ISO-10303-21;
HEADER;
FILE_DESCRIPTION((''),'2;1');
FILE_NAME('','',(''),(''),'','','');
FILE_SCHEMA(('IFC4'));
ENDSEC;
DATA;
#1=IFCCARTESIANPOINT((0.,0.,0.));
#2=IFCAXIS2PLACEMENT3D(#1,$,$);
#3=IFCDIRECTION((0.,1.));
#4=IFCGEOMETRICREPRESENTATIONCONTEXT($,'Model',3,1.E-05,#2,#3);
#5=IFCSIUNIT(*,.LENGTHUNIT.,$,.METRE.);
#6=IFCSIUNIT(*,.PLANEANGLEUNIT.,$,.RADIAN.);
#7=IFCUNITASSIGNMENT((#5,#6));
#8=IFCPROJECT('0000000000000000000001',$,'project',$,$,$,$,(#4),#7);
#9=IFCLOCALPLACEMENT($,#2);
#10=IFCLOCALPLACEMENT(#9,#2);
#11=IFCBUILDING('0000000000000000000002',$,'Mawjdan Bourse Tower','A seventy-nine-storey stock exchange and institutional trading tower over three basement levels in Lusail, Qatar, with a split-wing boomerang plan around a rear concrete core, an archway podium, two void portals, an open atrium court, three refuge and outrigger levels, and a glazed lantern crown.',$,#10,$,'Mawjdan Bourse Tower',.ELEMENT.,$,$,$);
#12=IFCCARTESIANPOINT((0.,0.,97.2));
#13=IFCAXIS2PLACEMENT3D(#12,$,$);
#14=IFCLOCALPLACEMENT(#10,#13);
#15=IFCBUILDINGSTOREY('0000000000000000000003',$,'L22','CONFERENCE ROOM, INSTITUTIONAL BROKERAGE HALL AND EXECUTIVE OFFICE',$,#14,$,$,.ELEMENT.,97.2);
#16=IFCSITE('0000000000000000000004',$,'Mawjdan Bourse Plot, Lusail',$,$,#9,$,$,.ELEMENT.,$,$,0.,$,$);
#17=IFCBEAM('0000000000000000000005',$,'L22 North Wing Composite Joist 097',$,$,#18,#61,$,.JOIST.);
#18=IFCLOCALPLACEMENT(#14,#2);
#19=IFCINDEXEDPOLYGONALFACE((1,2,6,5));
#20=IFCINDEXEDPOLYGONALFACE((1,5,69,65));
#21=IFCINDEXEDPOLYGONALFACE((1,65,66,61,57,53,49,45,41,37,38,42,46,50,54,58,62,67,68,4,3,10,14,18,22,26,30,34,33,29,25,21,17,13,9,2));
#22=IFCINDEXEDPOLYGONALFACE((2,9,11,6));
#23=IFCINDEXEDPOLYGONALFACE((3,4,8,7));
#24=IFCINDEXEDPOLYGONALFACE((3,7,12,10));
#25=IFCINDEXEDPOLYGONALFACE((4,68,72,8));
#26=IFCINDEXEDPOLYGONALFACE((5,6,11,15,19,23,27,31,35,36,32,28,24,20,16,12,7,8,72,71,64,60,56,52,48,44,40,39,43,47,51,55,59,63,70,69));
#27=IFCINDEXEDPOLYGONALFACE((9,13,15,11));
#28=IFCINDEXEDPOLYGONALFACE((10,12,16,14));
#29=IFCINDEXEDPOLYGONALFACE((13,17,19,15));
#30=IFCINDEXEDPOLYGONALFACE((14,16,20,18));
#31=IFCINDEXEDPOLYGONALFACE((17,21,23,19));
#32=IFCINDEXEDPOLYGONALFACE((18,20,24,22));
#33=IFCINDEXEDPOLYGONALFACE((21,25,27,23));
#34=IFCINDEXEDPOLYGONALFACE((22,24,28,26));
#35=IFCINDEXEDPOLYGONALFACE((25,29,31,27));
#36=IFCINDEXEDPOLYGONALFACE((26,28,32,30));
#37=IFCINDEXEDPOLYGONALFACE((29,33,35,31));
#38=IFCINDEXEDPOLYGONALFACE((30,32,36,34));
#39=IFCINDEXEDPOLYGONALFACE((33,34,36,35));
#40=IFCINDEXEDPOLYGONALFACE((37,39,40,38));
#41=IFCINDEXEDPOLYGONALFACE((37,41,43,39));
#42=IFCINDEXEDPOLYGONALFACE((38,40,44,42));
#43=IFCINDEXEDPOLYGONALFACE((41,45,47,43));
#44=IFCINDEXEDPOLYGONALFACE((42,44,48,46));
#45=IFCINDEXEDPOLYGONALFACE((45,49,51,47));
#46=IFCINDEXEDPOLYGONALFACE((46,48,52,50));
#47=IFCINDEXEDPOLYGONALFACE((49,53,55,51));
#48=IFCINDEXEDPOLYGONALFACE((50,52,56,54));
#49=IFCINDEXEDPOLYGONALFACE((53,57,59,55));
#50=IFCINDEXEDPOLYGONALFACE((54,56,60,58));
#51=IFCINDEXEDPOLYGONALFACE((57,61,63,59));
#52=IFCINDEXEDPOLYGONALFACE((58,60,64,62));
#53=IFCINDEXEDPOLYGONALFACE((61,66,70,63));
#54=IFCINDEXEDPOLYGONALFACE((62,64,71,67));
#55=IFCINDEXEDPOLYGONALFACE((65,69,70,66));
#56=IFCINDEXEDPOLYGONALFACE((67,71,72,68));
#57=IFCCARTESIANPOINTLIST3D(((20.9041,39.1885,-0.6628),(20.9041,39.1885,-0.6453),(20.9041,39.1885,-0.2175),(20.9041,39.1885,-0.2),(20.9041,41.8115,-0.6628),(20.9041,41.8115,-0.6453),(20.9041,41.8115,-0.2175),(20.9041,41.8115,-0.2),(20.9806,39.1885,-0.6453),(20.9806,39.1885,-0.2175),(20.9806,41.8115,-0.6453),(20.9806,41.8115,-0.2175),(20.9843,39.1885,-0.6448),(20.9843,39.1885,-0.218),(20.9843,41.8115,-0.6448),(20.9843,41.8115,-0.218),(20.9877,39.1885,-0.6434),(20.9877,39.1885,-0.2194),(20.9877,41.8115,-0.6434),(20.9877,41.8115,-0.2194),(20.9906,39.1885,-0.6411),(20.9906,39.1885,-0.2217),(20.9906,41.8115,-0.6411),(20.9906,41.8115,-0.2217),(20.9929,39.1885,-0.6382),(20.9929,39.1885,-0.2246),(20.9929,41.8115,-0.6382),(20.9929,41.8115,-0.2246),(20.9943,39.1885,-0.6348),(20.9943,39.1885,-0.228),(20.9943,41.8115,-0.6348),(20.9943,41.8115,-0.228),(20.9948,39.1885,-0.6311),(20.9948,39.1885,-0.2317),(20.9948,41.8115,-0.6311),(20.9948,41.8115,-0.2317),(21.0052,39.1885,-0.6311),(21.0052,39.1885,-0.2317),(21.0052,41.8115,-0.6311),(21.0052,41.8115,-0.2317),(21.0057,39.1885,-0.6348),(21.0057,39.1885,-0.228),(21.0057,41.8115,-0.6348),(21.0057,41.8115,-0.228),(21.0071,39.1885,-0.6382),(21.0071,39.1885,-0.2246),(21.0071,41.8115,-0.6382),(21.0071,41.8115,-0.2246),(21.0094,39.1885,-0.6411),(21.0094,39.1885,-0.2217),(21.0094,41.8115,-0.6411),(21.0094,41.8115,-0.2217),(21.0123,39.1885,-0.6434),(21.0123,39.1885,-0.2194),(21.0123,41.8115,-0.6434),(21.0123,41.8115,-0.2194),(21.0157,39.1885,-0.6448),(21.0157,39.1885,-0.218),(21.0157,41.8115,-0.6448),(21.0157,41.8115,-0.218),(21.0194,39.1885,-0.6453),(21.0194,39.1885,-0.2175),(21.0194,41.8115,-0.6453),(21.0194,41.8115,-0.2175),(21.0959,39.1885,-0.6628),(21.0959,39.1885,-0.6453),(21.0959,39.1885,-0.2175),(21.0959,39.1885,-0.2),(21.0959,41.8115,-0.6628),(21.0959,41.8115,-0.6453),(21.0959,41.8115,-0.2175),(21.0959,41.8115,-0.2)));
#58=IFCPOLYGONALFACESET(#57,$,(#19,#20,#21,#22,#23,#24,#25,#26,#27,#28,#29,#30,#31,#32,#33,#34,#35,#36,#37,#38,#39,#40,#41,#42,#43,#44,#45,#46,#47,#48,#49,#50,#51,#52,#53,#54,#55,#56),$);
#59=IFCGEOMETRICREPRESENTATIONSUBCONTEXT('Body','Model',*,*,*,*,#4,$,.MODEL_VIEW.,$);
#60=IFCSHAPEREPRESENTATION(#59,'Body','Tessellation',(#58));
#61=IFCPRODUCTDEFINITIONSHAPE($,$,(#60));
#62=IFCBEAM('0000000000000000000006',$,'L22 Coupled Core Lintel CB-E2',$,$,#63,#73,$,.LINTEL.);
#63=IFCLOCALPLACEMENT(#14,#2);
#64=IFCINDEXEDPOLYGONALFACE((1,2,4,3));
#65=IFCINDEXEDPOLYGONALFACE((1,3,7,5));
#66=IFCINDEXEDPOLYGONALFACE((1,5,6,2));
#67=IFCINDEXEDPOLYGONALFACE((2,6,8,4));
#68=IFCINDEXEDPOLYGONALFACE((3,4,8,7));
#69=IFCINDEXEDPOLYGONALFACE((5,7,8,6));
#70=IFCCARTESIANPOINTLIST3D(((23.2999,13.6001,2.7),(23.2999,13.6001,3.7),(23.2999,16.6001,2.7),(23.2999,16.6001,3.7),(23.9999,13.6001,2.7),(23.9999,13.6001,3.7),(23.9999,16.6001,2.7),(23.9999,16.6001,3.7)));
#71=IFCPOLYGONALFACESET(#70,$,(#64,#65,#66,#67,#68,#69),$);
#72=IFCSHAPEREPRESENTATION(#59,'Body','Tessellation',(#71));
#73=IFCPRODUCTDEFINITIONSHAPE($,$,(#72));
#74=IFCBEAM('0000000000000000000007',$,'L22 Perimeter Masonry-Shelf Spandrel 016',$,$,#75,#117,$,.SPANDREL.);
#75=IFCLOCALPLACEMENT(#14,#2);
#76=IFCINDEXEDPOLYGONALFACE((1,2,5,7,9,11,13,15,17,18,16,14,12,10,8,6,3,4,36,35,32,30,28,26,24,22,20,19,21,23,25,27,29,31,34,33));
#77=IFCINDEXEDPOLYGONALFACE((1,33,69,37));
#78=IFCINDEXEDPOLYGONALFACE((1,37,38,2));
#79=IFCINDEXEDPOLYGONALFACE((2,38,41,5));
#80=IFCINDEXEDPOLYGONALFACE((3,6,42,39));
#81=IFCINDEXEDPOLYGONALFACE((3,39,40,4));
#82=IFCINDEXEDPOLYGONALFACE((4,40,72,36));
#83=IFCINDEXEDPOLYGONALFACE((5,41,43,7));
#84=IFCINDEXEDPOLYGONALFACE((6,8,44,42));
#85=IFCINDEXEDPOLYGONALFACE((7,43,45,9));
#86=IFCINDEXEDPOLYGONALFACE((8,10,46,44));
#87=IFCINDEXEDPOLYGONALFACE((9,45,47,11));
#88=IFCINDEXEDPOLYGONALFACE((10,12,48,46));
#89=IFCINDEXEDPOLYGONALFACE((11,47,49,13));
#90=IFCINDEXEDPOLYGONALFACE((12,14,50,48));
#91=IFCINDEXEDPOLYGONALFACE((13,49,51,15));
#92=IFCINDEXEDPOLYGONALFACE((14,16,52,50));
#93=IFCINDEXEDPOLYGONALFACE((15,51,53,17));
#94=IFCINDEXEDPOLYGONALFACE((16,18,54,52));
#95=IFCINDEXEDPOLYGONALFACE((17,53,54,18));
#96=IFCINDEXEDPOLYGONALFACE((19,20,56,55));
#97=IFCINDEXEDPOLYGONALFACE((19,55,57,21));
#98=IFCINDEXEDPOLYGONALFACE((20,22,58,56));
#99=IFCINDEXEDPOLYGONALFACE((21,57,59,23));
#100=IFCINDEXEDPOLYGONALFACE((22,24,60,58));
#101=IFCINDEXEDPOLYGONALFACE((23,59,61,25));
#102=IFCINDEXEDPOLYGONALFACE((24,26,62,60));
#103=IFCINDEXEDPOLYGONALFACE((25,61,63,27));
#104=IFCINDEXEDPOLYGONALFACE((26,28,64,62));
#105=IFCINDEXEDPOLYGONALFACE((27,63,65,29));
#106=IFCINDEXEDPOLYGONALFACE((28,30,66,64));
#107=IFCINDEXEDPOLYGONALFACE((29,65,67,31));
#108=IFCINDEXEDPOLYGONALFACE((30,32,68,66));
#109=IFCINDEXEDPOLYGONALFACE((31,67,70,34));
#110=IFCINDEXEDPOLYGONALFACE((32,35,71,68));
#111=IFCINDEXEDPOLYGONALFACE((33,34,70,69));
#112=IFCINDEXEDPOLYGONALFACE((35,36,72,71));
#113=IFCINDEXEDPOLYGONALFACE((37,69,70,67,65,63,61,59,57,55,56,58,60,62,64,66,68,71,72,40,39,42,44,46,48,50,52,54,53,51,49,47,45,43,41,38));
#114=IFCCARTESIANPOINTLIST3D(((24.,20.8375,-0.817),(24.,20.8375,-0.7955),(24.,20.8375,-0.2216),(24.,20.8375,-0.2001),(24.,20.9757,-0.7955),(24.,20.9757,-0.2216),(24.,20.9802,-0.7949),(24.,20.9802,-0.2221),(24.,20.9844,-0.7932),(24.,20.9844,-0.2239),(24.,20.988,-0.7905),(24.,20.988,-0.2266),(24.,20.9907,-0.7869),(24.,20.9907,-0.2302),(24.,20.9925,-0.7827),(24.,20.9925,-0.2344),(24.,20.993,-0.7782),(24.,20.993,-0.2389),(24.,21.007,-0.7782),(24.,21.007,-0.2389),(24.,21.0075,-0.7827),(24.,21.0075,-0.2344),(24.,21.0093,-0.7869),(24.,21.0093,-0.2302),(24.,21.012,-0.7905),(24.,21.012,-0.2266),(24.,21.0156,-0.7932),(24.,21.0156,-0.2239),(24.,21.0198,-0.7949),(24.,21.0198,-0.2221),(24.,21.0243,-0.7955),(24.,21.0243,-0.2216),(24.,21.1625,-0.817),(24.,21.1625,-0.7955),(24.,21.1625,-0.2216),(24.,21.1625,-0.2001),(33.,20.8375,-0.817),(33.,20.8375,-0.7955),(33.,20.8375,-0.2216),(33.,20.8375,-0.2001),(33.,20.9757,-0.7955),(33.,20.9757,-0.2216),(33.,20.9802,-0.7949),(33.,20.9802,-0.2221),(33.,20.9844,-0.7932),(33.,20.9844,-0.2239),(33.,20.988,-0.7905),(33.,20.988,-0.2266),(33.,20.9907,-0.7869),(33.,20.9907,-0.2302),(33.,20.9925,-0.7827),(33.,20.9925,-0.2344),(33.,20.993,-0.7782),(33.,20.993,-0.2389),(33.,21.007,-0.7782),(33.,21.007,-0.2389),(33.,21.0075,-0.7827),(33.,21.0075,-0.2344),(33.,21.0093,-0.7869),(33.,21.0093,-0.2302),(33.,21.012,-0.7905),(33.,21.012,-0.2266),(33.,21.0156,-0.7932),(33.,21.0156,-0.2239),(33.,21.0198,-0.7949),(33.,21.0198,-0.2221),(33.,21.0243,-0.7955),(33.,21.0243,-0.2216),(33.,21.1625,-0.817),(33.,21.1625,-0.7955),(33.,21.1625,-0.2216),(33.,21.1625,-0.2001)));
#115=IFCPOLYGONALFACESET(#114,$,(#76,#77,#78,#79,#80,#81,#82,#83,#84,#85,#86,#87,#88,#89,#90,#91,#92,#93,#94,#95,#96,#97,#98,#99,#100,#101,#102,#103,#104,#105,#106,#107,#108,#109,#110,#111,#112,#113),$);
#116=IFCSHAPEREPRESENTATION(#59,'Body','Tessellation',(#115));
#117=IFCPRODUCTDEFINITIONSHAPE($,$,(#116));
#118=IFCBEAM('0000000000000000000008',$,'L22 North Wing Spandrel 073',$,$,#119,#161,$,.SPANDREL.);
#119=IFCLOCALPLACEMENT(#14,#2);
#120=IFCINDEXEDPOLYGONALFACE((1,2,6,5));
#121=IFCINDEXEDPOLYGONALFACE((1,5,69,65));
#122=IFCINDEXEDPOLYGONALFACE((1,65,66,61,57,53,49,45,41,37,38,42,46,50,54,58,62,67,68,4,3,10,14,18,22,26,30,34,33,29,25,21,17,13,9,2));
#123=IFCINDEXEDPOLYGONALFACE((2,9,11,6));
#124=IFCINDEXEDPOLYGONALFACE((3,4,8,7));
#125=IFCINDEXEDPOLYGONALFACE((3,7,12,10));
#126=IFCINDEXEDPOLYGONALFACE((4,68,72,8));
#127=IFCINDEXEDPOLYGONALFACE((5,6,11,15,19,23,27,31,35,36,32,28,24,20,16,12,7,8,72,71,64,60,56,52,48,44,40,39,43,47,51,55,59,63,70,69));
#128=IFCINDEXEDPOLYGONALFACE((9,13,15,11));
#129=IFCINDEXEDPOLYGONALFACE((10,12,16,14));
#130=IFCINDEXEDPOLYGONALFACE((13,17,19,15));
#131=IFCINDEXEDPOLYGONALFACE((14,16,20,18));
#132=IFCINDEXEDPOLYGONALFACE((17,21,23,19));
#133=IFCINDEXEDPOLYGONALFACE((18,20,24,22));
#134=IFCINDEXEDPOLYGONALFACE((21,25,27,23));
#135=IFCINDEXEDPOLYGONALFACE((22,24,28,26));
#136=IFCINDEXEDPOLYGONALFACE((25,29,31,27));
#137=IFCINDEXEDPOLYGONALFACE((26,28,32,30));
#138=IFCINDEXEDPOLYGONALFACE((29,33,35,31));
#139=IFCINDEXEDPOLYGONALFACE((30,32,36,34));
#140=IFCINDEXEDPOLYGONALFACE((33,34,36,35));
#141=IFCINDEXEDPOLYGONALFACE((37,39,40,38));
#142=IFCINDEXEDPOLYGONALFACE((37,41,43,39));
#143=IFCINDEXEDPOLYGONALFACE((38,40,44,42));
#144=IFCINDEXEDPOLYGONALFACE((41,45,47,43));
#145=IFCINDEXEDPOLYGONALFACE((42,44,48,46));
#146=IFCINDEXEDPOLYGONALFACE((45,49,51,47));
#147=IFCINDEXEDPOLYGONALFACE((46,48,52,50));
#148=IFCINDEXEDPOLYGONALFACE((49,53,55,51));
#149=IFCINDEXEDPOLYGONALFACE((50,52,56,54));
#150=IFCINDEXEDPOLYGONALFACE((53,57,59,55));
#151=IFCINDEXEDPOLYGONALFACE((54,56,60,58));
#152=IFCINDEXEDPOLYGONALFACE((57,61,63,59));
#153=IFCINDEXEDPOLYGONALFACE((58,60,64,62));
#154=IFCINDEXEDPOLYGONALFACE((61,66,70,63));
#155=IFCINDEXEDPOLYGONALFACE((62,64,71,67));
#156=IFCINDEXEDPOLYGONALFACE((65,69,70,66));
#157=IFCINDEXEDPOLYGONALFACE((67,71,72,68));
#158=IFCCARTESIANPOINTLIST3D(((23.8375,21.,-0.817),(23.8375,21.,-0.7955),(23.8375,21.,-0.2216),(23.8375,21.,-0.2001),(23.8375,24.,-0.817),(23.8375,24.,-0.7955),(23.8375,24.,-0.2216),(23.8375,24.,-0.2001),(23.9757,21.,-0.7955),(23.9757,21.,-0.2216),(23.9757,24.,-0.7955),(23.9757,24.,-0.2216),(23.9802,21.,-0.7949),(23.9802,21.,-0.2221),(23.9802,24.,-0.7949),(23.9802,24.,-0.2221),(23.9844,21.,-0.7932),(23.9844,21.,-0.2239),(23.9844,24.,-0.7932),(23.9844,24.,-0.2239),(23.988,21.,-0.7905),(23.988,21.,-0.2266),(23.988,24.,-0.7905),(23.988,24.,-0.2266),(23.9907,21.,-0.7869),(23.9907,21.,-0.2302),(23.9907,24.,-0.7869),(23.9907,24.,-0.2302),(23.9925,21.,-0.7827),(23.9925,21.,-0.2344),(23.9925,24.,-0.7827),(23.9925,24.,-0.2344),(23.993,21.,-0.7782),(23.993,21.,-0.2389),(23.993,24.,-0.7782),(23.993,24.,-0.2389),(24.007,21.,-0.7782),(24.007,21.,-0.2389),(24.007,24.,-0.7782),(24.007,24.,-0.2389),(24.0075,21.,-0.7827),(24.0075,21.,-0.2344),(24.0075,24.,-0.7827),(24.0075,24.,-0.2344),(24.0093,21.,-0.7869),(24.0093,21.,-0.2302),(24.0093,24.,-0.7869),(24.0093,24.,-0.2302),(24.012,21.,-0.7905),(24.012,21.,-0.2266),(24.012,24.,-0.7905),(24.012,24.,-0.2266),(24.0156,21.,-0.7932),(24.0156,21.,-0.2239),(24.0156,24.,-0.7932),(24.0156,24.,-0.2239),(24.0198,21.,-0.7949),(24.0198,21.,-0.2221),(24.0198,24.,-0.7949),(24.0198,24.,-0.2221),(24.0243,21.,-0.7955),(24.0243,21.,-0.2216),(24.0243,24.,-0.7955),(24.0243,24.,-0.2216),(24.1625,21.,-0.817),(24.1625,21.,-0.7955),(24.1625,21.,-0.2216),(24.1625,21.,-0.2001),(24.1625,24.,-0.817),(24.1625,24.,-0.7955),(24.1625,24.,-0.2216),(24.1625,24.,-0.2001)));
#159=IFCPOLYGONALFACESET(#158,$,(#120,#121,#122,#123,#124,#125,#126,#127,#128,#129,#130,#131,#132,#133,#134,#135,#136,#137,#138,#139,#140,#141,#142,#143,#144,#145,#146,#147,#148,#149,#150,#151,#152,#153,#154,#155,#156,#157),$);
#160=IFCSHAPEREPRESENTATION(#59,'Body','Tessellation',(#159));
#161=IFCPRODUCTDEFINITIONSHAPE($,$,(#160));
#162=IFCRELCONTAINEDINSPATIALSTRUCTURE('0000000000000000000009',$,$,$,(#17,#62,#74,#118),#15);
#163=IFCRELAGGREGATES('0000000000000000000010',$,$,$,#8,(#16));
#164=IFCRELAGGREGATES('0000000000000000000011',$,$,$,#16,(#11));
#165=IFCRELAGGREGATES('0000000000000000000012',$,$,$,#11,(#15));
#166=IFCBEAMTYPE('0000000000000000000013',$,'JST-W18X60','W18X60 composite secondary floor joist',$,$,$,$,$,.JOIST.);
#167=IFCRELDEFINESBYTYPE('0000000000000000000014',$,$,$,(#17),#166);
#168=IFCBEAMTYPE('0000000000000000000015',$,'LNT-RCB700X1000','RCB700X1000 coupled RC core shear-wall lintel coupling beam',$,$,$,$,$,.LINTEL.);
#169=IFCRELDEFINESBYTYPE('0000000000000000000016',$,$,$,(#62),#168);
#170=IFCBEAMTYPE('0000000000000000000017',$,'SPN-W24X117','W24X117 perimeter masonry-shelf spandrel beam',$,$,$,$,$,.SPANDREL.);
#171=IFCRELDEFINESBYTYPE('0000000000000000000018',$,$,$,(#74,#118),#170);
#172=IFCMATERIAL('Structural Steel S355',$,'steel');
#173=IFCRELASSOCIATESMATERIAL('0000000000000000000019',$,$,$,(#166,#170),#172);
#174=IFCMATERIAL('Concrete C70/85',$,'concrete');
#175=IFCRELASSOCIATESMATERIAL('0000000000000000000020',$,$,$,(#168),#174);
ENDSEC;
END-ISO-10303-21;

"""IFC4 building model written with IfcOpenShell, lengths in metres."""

from ifc_helpers import new_model, si_unit, direction, frame, origin, origin_2d, place, context, subcontext, project, spatial, rectangle, i_section, extrude, material, material_profile, profile_set, type_object, element, save


model = new_model("IFC4")

# Units and contexts
model_context = context("Model", 3, precision=1e-05, world=origin(), true_north=direction((0.0, 1.0)))
body_context = subcontext(model_context, "Body", "Model", "MODEL_VIEW")
ifc_project = project(units=[si_unit("LENGTHUNIT", "METRE"), si_unit("PLANEANGLEUNIT", "RADIAN")], contexts=[model_context])

# Site, building, storey
site_placement = place(None, origin())
site = spatial("IfcSite", under=ifc_project, at=site_placement, Name="Mawjdan Bourse Plot, Lusail", CompositionType="ELEMENT", RefElevation=0.0)
building_placement = place(site_placement, origin())
building = spatial("IfcBuilding", under=site, at=building_placement, Name="Mawjdan Bourse Tower", Description="A seventy-nine-storey stock exchange and institutional trading tower over three basement levels in Lusail, Qatar, with a split-wing boomerang plan around a rear concrete core, an archway podium, two void portals, an open atrium court, three refuge and outrigger levels, and a glazed lantern crown.", LongName="Mawjdan Bourse Tower", CompositionType="ELEMENT")
storey_placement = place(building_placement, frame((0.0, 0.0, 97.2)))
storey = spatial("IfcBuildingStorey", under=building, at=storey_placement, Name="L22", Description="CONFERENCE ROOM, INSTITUTIONAL BROKERAGE HALL AND EXECUTIVE OFFICE", CompositionType="ELEMENT", Elevation=97.2)

# Shared definitions
ifc_material_1 = material(Name="Concrete C70/85", Category="concrete")

# Beams
ifc_material_2 = material(Name="Structural Steel S355", Category="steel")
ifc_material_profile_1 = material_profile(ifc_material_2, i_section(OverallWidth=0.1919, OverallDepth=0.4629, WebThickness=0.0105, FlangeThickness=0.0176, FilletRadius=0.0142, at=origin_2d()), Name="W18X60")
ifc_profile_set_1 = profile_set([ifc_material_profile_1], Name="Structural Steel S355")
beam_type_1 = type_object("IfcBeamType", Name="JST-W18X60", Description="W18X60 composite secondary floor joist", PredefinedType="JOIST", material=ifc_profile_set_1)
for number, where, z_axis, x_axis, name in (
    (1, (21.0, 39.1885, -0.4314), (0.0, 1.0, 0.0), (-1.0, 0.0, 0.0), "L22 North Wing Composite Joist 097"),
):
    element("IfcBeam", number, at=place(storey_placement, frame(where, z_axis=z_axis, x_axis=x_axis)), inside=storey, type_object=beam_type_1, Name=name, PredefinedType="JOIST", context=body_context, shape_type="SweptSolid", body=[
        extrude(i_section(OverallWidth=0.1919, OverallDepth=0.4629, WebThickness=0.0105, FlangeThickness=0.0176, FilletRadius=0.0142, at=origin_2d()), origin(), (0.0, 0.0, 1.0), 2.623),
    ])
ifc_material_profile_2 = material_profile(ifc_material_1, rectangle(XDim=0.7, YDim=1.0, at=origin_2d()), Name="RCB700X1000")
ifc_profile_set_2 = profile_set([ifc_material_profile_2], Name="Concrete C70/85")
beam_type_2 = type_object("IfcBeamType", Name="LNT-RCB700X1000", Description="RCB700X1000 coupled RC core shear-wall lintel coupling beam", PredefinedType="LINTEL", material=ifc_profile_set_2)
beam_1_placement = place(storey_placement, frame((23.6499, 13.6001, 3.2), z_axis=(0.0, 1.0, 0.0), x_axis=(-1.0, 0.0, 0.0)))
element("IfcBeam", 2, at=beam_1_placement, inside=storey, type_object=beam_type_2, Name="L22 Coupled Core Lintel CB-E2", PredefinedType="LINTEL", context=body_context, shape_type="SweptSolid", body=[
    extrude(rectangle(XDim=0.7, YDim=1.0, at=origin_2d()), origin(), (0.0, 0.0, 1.0), 3.0),
])
ifc_material_profile_3 = material_profile(ifc_material_2, i_section(OverallWidth=0.325, OverallDepth=0.6169, WebThickness=0.0139, FlangeThickness=0.0215, FilletRadius=0.0173, at=origin_2d()), Name="W24X117")
ifc_profile_set_3 = profile_set([ifc_material_profile_3], Name="Structural Steel S355")
beam_type_3 = type_object("IfcBeamType", Name="SPN-W24X117", Description="W24X117 perimeter masonry-shelf spandrel beam", PredefinedType="SPANDREL", material=ifc_profile_set_3)
beam_2_placement = place(storey_placement, frame((24.0, 21.0, -0.5085), z_axis=(1.0, 0.0, 0.0), x_axis=(0.0, 1.0, 0.0)))
element("IfcBeam", 3, at=beam_2_placement, inside=storey, type_object=beam_type_3, Name="L22 Perimeter Masonry-Shelf Spandrel 016", PredefinedType="SPANDREL", context=body_context, shape_type="SweptSolid", body=[
    extrude(i_section(OverallWidth=0.325, OverallDepth=0.6169, WebThickness=0.0139, FlangeThickness=0.0215, FilletRadius=0.0173, at=origin_2d()), origin(), (0.0, 0.0, 1.0), 9.0),
])
beam_3_placement = place(storey_placement, frame((24.0, 21.0, -0.5085), z_axis=(0.0, 1.0, 0.0), x_axis=(-1.0, 0.0, 0.0)))
element("IfcBeam", 4, at=beam_3_placement, inside=storey, type_object=beam_type_3, Name="L22 North Wing Spandrel 073", PredefinedType="SPANDREL", context=body_context, shape_type="SweptSolid", body=[
    extrude(i_section(OverallWidth=0.325, OverallDepth=0.6169, WebThickness=0.0139, FlangeThickness=0.0215, FilletRadius=0.0173, at=origin_2d()), origin(), (0.0, 0.0, 1.0), 3.0),
])

save(model, "model.ifc")
